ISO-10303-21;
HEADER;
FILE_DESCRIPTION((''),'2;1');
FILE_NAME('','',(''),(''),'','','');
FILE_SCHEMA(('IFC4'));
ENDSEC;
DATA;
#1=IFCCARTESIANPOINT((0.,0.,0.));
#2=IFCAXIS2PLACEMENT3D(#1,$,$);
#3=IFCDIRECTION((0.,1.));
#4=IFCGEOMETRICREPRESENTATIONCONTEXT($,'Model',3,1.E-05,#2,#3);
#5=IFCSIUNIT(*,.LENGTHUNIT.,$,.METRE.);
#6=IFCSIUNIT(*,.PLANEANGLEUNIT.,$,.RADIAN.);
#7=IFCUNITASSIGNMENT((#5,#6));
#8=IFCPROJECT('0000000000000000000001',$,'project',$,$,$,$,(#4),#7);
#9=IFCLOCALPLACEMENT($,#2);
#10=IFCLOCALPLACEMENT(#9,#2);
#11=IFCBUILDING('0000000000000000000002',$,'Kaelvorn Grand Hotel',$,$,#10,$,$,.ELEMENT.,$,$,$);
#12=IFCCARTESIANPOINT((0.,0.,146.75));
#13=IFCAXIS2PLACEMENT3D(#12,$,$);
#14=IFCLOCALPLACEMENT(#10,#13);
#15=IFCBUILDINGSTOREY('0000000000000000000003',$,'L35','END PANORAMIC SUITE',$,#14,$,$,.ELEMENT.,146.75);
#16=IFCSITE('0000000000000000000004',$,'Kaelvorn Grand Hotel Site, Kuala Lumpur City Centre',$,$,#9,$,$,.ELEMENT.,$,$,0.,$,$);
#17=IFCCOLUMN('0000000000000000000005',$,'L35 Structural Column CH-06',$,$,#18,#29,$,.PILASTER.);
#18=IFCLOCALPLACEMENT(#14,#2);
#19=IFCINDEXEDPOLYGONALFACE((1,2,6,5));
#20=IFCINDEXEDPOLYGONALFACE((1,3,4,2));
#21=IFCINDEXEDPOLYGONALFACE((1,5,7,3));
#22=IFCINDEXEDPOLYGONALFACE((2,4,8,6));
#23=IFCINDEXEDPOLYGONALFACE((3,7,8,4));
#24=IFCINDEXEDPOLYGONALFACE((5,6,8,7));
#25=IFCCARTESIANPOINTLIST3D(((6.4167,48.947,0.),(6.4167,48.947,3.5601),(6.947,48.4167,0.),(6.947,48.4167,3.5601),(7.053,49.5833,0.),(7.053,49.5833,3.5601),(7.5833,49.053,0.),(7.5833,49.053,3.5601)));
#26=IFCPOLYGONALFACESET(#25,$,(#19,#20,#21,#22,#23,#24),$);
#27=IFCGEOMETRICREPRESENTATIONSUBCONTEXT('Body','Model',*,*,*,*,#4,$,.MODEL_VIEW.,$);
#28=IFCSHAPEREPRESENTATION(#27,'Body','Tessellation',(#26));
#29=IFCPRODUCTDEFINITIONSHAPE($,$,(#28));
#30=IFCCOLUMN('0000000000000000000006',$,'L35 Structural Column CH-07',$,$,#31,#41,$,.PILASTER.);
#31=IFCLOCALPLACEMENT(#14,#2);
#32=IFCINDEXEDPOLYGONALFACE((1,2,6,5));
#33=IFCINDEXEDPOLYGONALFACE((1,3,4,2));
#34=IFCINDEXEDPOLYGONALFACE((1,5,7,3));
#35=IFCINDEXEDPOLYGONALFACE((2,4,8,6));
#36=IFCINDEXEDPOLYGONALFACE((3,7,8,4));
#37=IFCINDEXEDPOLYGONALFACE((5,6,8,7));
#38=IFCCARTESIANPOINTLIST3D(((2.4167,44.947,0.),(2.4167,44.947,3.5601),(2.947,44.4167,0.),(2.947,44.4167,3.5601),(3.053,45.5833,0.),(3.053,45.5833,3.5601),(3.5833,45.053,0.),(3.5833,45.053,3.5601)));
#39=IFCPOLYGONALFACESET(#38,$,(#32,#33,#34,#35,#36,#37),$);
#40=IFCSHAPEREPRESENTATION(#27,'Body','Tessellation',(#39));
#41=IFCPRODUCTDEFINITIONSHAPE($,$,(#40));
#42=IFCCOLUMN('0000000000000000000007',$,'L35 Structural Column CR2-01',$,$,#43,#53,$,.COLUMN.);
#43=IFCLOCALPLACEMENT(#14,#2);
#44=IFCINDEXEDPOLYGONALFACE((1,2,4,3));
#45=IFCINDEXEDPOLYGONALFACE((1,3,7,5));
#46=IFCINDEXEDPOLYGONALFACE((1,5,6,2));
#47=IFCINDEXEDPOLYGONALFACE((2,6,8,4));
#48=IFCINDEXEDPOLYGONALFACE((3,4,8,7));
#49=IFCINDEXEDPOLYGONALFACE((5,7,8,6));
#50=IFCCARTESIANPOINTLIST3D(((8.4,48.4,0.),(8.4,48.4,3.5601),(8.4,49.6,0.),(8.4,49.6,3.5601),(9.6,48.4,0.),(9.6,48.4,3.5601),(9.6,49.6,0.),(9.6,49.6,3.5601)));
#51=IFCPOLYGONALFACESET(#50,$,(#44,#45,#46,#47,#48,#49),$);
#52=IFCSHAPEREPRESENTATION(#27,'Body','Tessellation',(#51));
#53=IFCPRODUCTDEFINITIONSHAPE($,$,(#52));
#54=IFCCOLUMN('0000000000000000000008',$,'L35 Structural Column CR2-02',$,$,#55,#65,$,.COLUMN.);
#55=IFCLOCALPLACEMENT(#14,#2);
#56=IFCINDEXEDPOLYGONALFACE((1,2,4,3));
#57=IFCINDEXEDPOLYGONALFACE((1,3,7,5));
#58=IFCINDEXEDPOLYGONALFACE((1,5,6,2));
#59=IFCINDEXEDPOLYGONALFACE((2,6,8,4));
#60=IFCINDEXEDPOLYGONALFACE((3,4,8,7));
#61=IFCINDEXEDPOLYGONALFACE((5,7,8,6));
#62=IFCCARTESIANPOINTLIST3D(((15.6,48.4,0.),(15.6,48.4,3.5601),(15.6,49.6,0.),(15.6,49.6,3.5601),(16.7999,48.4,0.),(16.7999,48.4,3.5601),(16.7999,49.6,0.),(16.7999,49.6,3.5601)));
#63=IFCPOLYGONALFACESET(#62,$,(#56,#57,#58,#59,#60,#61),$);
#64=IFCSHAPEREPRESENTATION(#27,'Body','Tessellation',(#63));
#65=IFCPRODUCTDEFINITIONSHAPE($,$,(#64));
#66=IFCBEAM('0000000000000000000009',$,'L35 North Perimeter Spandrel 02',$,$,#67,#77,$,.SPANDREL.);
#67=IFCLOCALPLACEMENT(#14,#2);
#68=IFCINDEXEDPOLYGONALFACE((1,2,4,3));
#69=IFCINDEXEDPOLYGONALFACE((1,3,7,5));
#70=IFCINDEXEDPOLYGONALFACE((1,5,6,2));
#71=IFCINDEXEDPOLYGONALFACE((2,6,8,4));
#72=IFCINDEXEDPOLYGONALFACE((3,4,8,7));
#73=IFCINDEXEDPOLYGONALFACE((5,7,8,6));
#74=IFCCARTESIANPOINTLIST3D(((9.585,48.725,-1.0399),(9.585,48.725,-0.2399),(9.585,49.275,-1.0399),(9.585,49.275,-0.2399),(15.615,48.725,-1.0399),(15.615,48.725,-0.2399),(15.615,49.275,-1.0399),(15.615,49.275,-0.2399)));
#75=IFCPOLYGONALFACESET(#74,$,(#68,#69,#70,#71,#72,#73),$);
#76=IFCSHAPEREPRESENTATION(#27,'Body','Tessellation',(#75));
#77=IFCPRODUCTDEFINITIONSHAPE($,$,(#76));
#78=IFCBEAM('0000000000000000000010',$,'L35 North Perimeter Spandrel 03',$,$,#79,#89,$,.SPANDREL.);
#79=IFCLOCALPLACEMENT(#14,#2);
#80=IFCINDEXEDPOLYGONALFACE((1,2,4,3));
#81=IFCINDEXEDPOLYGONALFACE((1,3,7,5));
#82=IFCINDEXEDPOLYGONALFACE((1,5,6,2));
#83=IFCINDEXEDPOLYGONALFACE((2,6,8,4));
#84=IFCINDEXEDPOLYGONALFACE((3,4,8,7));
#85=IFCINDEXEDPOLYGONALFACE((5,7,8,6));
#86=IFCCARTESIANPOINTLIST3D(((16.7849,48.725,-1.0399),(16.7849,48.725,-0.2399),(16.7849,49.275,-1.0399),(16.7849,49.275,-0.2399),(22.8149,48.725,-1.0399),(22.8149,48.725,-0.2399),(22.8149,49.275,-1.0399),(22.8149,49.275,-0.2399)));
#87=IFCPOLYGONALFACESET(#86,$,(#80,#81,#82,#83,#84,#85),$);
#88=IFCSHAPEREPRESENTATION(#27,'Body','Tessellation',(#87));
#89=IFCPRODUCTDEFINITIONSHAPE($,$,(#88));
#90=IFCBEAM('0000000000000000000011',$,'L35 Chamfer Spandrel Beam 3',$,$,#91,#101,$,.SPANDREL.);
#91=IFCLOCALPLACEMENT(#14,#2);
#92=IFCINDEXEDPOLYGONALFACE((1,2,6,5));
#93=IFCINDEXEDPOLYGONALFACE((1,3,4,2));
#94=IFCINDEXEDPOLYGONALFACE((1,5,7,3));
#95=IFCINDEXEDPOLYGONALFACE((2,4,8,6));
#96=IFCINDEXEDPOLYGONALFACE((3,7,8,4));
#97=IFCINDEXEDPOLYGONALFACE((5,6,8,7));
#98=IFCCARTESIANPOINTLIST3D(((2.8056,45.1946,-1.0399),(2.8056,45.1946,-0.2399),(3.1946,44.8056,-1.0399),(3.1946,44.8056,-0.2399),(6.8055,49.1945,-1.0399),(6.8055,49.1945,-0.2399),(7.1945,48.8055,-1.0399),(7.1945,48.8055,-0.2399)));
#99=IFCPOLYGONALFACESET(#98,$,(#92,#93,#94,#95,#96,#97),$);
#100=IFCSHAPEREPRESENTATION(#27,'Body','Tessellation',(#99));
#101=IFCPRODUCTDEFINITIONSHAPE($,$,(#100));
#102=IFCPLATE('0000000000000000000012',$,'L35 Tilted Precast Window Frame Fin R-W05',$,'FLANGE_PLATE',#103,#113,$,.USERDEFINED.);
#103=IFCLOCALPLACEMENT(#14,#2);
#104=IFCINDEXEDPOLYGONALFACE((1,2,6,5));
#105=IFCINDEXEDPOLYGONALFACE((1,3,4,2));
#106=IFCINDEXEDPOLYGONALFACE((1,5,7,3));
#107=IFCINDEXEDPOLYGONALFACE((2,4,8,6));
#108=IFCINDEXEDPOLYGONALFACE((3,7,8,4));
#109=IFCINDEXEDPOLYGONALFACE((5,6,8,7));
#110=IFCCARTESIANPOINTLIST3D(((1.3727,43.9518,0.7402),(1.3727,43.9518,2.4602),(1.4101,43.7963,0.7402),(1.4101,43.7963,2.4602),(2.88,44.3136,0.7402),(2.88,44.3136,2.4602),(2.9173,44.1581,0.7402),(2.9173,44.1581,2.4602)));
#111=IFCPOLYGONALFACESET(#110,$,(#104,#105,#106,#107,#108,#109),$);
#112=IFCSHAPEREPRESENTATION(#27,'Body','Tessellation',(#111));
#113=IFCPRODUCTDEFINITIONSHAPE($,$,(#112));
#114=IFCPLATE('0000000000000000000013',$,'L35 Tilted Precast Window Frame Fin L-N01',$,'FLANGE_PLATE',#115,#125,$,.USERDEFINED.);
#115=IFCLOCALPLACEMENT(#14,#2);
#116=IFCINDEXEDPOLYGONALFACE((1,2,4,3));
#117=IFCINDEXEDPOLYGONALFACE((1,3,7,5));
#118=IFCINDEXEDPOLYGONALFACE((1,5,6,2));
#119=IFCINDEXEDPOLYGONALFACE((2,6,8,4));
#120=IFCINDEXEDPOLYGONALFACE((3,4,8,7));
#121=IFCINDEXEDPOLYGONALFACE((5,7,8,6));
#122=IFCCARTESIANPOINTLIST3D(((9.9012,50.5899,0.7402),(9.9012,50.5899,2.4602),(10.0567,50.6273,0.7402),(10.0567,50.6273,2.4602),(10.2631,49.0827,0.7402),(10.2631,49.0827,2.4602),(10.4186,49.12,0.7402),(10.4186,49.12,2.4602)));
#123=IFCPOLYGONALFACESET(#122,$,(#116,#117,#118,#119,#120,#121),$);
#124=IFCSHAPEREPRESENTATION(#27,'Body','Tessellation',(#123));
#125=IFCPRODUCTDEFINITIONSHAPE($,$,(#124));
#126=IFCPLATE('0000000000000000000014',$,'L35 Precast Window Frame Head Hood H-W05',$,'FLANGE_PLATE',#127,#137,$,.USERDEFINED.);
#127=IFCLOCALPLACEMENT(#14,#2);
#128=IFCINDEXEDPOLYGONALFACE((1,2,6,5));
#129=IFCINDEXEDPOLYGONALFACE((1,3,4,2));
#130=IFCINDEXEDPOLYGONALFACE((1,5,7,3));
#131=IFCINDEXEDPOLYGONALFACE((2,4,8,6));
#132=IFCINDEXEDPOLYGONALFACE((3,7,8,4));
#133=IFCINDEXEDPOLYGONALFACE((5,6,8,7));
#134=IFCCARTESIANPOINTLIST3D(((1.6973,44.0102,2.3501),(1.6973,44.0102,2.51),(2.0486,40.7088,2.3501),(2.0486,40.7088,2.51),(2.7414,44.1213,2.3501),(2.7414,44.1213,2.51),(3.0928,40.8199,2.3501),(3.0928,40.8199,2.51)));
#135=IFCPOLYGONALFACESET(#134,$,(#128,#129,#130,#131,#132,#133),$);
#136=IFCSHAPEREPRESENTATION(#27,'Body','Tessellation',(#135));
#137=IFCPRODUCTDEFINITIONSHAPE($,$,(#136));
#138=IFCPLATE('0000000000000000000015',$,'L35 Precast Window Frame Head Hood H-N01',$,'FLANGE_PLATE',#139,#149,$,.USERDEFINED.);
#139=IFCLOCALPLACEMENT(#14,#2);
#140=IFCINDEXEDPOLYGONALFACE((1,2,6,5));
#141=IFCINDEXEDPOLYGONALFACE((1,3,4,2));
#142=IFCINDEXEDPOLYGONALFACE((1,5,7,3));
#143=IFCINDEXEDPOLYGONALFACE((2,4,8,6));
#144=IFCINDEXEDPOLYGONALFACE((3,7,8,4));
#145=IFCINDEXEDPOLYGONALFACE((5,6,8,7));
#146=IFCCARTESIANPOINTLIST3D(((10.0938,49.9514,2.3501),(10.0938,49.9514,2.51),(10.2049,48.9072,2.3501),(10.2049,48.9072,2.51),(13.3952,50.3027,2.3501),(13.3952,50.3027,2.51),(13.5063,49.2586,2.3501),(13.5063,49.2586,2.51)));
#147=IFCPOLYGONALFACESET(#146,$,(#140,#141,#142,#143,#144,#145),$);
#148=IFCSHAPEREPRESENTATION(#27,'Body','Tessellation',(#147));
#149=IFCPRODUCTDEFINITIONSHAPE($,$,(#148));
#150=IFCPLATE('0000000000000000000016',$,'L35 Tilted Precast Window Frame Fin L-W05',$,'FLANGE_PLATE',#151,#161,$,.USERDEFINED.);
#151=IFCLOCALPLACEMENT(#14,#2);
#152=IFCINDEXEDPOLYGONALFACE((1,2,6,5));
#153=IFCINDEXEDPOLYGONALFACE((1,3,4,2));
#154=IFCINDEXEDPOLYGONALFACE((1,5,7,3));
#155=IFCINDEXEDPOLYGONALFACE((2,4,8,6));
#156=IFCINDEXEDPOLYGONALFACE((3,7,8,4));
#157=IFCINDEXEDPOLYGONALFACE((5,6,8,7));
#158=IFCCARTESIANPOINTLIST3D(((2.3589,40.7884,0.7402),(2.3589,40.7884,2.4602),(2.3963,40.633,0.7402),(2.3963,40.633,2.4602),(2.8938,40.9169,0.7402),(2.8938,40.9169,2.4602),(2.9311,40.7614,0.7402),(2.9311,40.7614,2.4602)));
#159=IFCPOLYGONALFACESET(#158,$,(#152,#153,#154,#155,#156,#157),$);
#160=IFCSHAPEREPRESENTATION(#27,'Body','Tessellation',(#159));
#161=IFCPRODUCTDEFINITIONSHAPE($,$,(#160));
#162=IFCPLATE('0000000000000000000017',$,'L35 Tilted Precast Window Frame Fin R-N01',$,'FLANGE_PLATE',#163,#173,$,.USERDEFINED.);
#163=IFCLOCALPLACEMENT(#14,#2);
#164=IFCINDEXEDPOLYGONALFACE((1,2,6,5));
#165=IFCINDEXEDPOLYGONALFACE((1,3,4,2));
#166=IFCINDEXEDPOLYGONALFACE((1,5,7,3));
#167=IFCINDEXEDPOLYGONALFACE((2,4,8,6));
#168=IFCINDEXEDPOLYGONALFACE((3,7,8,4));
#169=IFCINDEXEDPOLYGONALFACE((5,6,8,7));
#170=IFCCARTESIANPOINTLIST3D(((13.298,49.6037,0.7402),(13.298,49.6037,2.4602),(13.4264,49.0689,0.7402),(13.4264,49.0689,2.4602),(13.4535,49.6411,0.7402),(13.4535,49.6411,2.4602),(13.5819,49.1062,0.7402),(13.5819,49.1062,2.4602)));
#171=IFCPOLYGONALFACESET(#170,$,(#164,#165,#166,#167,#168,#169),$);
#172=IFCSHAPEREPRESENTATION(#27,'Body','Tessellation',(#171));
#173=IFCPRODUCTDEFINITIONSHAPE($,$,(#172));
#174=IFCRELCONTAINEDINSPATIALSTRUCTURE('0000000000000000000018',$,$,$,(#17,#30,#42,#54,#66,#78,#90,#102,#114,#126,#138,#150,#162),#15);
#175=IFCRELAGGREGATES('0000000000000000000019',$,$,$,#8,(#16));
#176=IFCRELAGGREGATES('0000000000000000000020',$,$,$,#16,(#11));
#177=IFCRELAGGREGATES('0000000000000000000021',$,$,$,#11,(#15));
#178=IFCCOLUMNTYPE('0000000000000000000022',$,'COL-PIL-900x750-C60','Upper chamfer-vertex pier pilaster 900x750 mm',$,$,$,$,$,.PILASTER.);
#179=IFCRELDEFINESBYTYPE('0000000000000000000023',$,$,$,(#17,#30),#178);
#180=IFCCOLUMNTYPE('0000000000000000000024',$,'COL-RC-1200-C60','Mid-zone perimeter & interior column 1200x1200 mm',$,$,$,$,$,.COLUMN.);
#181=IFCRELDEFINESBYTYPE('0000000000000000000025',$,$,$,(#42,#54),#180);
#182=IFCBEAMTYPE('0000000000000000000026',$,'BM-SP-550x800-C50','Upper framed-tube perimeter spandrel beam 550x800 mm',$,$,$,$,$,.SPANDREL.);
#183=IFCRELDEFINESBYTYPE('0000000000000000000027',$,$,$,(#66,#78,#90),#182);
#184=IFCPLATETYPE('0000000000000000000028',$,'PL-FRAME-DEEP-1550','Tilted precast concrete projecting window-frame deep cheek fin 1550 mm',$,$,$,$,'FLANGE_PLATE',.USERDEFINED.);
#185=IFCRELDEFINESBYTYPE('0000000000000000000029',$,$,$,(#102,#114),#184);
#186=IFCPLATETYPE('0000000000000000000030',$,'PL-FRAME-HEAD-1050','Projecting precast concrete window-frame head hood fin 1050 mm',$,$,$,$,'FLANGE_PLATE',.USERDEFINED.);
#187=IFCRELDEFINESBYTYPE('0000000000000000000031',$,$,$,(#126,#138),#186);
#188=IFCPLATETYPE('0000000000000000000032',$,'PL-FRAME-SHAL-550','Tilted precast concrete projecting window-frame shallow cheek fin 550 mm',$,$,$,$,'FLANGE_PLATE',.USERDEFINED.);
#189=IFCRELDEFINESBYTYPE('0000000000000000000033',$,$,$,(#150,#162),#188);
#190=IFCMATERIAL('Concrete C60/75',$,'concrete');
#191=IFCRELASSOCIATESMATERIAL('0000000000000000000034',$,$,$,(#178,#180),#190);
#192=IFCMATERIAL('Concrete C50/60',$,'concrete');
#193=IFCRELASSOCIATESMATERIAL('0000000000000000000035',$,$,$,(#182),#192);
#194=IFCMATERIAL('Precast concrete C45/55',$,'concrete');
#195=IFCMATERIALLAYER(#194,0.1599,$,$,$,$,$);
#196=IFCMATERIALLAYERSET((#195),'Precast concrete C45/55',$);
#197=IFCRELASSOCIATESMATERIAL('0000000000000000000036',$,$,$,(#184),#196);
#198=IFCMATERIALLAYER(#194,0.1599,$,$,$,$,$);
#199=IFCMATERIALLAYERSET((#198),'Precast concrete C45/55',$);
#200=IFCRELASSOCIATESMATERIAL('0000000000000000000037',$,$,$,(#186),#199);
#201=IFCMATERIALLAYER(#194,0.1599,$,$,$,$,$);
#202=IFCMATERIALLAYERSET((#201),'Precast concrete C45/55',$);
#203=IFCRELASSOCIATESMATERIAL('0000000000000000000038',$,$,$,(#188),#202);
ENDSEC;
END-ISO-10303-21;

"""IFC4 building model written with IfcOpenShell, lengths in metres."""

from ifc_helpers import new_model, si_unit, direction, frame, origin, origin_2d, place, context, subcontext, project, spatial, rectangle, extrude, material, layer, layer_set, material_profile, profile_set, type_object, element, save


model = new_model("IFC4")

# Units and contexts
model_context = context("Model", 3, precision=1e-05, world=origin(), true_north=direction((0.0, 1.0)))
body_context = subcontext(model_context, "Body", "Model", "MODEL_VIEW")
ifc_project = project(units=[si_unit("LENGTHUNIT", "METRE"), si_unit("PLANEANGLEUNIT", "RADIAN")], contexts=[model_context])

# Site, building, storey
site_placement = place(None, origin())
site = spatial("IfcSite", under=ifc_project, at=site_placement, Name="Kaelvorn Grand Hotel Site, Kuala Lumpur City Centre", CompositionType="ELEMENT", RefElevation=0.0)
building_placement = place(site_placement, origin())
building = spatial("IfcBuilding", under=site, at=building_placement, Name="Kaelvorn Grand Hotel", CompositionType="ELEMENT")
storey_placement = place(building_placement, frame((0.0, 0.0, 146.75)))
storey = spatial("IfcBuildingStorey", under=building, at=storey_placement, Name="L35", Description="END PANORAMIC SUITE", CompositionType="ELEMENT", Elevation=146.75)

# Columns
ifc_material_1 = material(Name="Concrete C60/75", Category="concrete")
ifc_material_profile_1 = material_profile(ifc_material_1, rectangle(XDim=0.8999, YDim=0.75, at=origin_2d()), Name="RC PILASTER 900x750")
ifc_profile_set_1 = profile_set([ifc_material_profile_1], Name="Concrete C60/75")
column_type_1 = type_object("IfcColumnType", Name="COL-PIL-900x750-C60", Description="Upper chamfer-vertex pier pilaster 900x750 mm", PredefinedType="PILASTER", material=ifc_profile_set_1)
for number, where, z_axis, x_axis, name in (
    (1, (7.0, 49.0, 0.0), (0.0, 0.0, 1.0), (0.707107, 0.707107, 0.0), "L35 Structural Column CH-06"),
    (2, (3.0, 45.0, 0.0), (0.0, 0.0, 1.0), (0.707107, 0.707107, 0.0), "L35 Structural Column CH-07"),
):
    element("IfcColumn", number, at=place(storey_placement, frame(where, z_axis=z_axis, x_axis=x_axis)), inside=storey, type_object=column_type_1, Name=name, PredefinedType="PILASTER", context=body_context, shape_type="SweptSolid", body=[
        extrude(rectangle(XDim=0.8999, YDim=0.75, at=origin_2d()), origin(), (0.0, 0.0, 1.0), 3.5601),
    ])
ifc_material_profile_2 = material_profile(ifc_material_1, rectangle(XDim=1.2, YDim=1.2, at=origin_2d()), Name="RC COL 1200x1200")
ifc_profile_set_2 = profile_set([ifc_material_profile_2], Name="Concrete C60/75")
column_type_2 = type_object("IfcColumnType", Name="COL-RC-1200-C60", Description="Mid-zone perimeter & interior column 1200x1200 mm", PredefinedType="COLUMN", material=ifc_profile_set_2)
for number, where, z_axis, x_axis, name in (
    (3, (9.0, 49.0, 0.0), (0.0, 0.0, 1.0), (1.0, 0.0, 0.0), "L35 Structural Column CR2-01"),
    (4, (16.2, 49.0, 0.0), (0.0, 0.0, 1.0), (1.0, 0.0, 0.0), "L35 Structural Column CR2-02"),
):
    element("IfcColumn", number, at=place(storey_placement, frame(where, z_axis=z_axis, x_axis=x_axis)), inside=storey, type_object=column_type_2, Name=name, PredefinedType="COLUMN", context=body_context, shape_type="SweptSolid", body=[
        extrude(rectangle(XDim=1.2, YDim=1.2, at=origin_2d()), origin(), (0.0, 0.0, 1.0), 3.5601),
    ])

# Beams
ifc_material_2 = material(Name="Concrete C50/60", Category="concrete")
ifc_material_profile_3 = material_profile(ifc_material_2, rectangle(XDim=0.55, YDim=0.8, at=origin_2d()), Name="RC SPANDREL 550x800")
ifc_profile_set_3 = profile_set([ifc_material_profile_3], Name="Concrete C50/60")
beam_type = type_object("IfcBeamType", Name="BM-SP-550x800-C50", Description="Upper framed-tube perimeter spandrel beam 550x800 mm", PredefinedType="SPANDREL", material=ifc_profile_set_3)
for number, where, z_axis, x_axis, name in (
    (5, (9.585, 49.0, -0.6399), (1.0, 0.0, 0.0), (0.0, 1.0, 0.0), "L35 North Perimeter Spandrel 02"),
    (6, (16.7849, 49.0, -0.6399), (1.0, 0.0, 0.0), (0.0, 1.0, 0.0), "L35 North Perimeter Spandrel 03"),
):
    element("IfcBeam", number, at=place(storey_placement, frame(where, z_axis=z_axis, x_axis=x_axis)), inside=storey, type_object=beam_type, Name=name, PredefinedType="SPANDREL", context=body_context, shape_type="SweptSolid", body=[
        extrude(rectangle(XDim=0.55, YDim=0.8, at=origin_2d()), origin(), (0.0, 0.0, 1.0), 6.03),
    ])
beam_placement = place(storey_placement, frame((7.0, 49.0, -0.6399), z_axis=(-0.707107, -0.707107, 0.0), x_axis=(0.707107, -0.707107, 0.0)))
element("IfcBeam", 7, at=beam_placement, inside=storey, type_object=beam_type, Name="L35 Chamfer Spandrel Beam 3", PredefinedType="SPANDREL", context=body_context, shape_type="SweptSolid", body=[
    extrude(rectangle(XDim=0.55, YDim=0.8, at=origin_2d()), origin(), (0.0, 0.0, 1.0), 5.6567),
])

# Plates
ifc_material_3 = material(Name="Precast concrete C45/55", Category="concrete")
ifc_layer_1 = layer(ifc_material_3, 0.1599)
ifc_layer_set_1 = layer_set([ifc_layer_1], Name="Precast concrete C45/55")
plate_type_1 = type_object("IfcPlateType", Name="PL-FRAME-DEEP-1550", Description="Tilted precast concrete projecting window-frame deep cheek fin 1550 mm", ElementType="FLANGE_PLATE", PredefinedType="USERDEFINED", material=ifc_layer_set_1)
for number, where, z_axis, x_axis, name in (
    (8, (2.145, 44.0549, 0.7402), (0.0, 0.0, 1.0), (-0.233445, 0.97237, 0.0), "L35 Tilted Precast Window Frame Fin R-W05"),
    (9, (10.1599, 49.855, 0.7402), (0.0, 0.0, 1.0), (0.97237, 0.233445, 0.0), "L35 Tilted Precast Window Frame Fin L-N01"),
):
    element("IfcPlate", number, at=place(storey_placement, frame(where, z_axis=z_axis, x_axis=x_axis)), inside=storey, type_object=plate_type_1, Name=name, ObjectType="FLANGE_PLATE", PredefinedType="USERDEFINED", context=body_context, shape_type="SweptSolid", body=[
        extrude(rectangle(XDim=0.1599, YDim=1.55, at=origin_2d()), origin(), (0.0, 0.0, 1.0), 1.72),
    ])
ifc_layer_2 = layer(ifc_material_3, 0.1599)
ifc_layer_set_2 = layer_set([ifc_layer_2], Name="Precast concrete C45/55")
plate_type_2 = type_object("IfcPlateType", Name="PL-FRAME-HEAD-1050", Description="Projecting precast concrete window-frame head hood fin 1050 mm", ElementType="FLANGE_PLATE", PredefinedType="USERDEFINED", material=ifc_layer_set_2)
for number, where, z_axis, x_axis, name in (
    (10, (2.395, 42.415, 2.3501), (0.0, 0.0, 1.0), (-0.10583, 0.994384, 0.0), "L35 Precast Window Frame Head Hood H-W05"),
    (11, (11.8, 49.605, 2.3501), (0.0, 0.0, 1.0), (0.994384, 0.10583, 0.0), "L35 Precast Window Frame Head Hood H-N01"),
):
    element("IfcPlate", number, at=place(storey_placement, frame(where, z_axis=z_axis, x_axis=x_axis)), inside=storey, type_object=plate_type_2, Name=name, ObjectType="FLANGE_PLATE", PredefinedType="USERDEFINED", context=body_context, shape_type="SweptSolid", body=[
        extrude(rectangle(XDim=3.3201, YDim=1.05, at=origin_2d()), origin(), (0.0, 0.0, 1.0), 0.1599),
    ])
ifc_layer_3 = layer(ifc_material_3, 0.1599)
ifc_layer_set_3 = layer_set([ifc_layer_3], Name="Precast concrete C45/55")
plate_type_3 = type_object("IfcPlateType", Name="PL-FRAME-SHAL-550", Description="Tilted precast concrete projecting window-frame shallow cheek fin 550 mm", ElementType="FLANGE_PLATE", PredefinedType="USERDEFINED", material=ifc_layer_set_3)
for number, where, z_axis, x_axis, name in (
    (12, (2.645, 40.7749, 0.7402), (0.0, 0.0, 1.0), (-0.233445, 0.97237, 0.0), "L35 Tilted Precast Window Frame Fin L-W05"),
    (13, (13.4399, 49.355, 0.7402), (0.0, 0.0, 1.0), (0.97237, 0.233445, 0.0), "L35 Tilted Precast Window Frame Fin R-N01"),
):
    element("IfcPlate", number, at=place(storey_placement, frame(where, z_axis=z_axis, x_axis=x_axis)), inside=storey, type_object=plate_type_3, Name=name, ObjectType="FLANGE_PLATE", PredefinedType="USERDEFINED", context=body_context, shape_type="SweptSolid", body=[
        extrude(rectangle(XDim=0.1599, YDim=0.55, at=origin_2d()), origin(), (0.0, 0.0, 1.0), 1.72),
    ])

save(model, "model.ifc")
